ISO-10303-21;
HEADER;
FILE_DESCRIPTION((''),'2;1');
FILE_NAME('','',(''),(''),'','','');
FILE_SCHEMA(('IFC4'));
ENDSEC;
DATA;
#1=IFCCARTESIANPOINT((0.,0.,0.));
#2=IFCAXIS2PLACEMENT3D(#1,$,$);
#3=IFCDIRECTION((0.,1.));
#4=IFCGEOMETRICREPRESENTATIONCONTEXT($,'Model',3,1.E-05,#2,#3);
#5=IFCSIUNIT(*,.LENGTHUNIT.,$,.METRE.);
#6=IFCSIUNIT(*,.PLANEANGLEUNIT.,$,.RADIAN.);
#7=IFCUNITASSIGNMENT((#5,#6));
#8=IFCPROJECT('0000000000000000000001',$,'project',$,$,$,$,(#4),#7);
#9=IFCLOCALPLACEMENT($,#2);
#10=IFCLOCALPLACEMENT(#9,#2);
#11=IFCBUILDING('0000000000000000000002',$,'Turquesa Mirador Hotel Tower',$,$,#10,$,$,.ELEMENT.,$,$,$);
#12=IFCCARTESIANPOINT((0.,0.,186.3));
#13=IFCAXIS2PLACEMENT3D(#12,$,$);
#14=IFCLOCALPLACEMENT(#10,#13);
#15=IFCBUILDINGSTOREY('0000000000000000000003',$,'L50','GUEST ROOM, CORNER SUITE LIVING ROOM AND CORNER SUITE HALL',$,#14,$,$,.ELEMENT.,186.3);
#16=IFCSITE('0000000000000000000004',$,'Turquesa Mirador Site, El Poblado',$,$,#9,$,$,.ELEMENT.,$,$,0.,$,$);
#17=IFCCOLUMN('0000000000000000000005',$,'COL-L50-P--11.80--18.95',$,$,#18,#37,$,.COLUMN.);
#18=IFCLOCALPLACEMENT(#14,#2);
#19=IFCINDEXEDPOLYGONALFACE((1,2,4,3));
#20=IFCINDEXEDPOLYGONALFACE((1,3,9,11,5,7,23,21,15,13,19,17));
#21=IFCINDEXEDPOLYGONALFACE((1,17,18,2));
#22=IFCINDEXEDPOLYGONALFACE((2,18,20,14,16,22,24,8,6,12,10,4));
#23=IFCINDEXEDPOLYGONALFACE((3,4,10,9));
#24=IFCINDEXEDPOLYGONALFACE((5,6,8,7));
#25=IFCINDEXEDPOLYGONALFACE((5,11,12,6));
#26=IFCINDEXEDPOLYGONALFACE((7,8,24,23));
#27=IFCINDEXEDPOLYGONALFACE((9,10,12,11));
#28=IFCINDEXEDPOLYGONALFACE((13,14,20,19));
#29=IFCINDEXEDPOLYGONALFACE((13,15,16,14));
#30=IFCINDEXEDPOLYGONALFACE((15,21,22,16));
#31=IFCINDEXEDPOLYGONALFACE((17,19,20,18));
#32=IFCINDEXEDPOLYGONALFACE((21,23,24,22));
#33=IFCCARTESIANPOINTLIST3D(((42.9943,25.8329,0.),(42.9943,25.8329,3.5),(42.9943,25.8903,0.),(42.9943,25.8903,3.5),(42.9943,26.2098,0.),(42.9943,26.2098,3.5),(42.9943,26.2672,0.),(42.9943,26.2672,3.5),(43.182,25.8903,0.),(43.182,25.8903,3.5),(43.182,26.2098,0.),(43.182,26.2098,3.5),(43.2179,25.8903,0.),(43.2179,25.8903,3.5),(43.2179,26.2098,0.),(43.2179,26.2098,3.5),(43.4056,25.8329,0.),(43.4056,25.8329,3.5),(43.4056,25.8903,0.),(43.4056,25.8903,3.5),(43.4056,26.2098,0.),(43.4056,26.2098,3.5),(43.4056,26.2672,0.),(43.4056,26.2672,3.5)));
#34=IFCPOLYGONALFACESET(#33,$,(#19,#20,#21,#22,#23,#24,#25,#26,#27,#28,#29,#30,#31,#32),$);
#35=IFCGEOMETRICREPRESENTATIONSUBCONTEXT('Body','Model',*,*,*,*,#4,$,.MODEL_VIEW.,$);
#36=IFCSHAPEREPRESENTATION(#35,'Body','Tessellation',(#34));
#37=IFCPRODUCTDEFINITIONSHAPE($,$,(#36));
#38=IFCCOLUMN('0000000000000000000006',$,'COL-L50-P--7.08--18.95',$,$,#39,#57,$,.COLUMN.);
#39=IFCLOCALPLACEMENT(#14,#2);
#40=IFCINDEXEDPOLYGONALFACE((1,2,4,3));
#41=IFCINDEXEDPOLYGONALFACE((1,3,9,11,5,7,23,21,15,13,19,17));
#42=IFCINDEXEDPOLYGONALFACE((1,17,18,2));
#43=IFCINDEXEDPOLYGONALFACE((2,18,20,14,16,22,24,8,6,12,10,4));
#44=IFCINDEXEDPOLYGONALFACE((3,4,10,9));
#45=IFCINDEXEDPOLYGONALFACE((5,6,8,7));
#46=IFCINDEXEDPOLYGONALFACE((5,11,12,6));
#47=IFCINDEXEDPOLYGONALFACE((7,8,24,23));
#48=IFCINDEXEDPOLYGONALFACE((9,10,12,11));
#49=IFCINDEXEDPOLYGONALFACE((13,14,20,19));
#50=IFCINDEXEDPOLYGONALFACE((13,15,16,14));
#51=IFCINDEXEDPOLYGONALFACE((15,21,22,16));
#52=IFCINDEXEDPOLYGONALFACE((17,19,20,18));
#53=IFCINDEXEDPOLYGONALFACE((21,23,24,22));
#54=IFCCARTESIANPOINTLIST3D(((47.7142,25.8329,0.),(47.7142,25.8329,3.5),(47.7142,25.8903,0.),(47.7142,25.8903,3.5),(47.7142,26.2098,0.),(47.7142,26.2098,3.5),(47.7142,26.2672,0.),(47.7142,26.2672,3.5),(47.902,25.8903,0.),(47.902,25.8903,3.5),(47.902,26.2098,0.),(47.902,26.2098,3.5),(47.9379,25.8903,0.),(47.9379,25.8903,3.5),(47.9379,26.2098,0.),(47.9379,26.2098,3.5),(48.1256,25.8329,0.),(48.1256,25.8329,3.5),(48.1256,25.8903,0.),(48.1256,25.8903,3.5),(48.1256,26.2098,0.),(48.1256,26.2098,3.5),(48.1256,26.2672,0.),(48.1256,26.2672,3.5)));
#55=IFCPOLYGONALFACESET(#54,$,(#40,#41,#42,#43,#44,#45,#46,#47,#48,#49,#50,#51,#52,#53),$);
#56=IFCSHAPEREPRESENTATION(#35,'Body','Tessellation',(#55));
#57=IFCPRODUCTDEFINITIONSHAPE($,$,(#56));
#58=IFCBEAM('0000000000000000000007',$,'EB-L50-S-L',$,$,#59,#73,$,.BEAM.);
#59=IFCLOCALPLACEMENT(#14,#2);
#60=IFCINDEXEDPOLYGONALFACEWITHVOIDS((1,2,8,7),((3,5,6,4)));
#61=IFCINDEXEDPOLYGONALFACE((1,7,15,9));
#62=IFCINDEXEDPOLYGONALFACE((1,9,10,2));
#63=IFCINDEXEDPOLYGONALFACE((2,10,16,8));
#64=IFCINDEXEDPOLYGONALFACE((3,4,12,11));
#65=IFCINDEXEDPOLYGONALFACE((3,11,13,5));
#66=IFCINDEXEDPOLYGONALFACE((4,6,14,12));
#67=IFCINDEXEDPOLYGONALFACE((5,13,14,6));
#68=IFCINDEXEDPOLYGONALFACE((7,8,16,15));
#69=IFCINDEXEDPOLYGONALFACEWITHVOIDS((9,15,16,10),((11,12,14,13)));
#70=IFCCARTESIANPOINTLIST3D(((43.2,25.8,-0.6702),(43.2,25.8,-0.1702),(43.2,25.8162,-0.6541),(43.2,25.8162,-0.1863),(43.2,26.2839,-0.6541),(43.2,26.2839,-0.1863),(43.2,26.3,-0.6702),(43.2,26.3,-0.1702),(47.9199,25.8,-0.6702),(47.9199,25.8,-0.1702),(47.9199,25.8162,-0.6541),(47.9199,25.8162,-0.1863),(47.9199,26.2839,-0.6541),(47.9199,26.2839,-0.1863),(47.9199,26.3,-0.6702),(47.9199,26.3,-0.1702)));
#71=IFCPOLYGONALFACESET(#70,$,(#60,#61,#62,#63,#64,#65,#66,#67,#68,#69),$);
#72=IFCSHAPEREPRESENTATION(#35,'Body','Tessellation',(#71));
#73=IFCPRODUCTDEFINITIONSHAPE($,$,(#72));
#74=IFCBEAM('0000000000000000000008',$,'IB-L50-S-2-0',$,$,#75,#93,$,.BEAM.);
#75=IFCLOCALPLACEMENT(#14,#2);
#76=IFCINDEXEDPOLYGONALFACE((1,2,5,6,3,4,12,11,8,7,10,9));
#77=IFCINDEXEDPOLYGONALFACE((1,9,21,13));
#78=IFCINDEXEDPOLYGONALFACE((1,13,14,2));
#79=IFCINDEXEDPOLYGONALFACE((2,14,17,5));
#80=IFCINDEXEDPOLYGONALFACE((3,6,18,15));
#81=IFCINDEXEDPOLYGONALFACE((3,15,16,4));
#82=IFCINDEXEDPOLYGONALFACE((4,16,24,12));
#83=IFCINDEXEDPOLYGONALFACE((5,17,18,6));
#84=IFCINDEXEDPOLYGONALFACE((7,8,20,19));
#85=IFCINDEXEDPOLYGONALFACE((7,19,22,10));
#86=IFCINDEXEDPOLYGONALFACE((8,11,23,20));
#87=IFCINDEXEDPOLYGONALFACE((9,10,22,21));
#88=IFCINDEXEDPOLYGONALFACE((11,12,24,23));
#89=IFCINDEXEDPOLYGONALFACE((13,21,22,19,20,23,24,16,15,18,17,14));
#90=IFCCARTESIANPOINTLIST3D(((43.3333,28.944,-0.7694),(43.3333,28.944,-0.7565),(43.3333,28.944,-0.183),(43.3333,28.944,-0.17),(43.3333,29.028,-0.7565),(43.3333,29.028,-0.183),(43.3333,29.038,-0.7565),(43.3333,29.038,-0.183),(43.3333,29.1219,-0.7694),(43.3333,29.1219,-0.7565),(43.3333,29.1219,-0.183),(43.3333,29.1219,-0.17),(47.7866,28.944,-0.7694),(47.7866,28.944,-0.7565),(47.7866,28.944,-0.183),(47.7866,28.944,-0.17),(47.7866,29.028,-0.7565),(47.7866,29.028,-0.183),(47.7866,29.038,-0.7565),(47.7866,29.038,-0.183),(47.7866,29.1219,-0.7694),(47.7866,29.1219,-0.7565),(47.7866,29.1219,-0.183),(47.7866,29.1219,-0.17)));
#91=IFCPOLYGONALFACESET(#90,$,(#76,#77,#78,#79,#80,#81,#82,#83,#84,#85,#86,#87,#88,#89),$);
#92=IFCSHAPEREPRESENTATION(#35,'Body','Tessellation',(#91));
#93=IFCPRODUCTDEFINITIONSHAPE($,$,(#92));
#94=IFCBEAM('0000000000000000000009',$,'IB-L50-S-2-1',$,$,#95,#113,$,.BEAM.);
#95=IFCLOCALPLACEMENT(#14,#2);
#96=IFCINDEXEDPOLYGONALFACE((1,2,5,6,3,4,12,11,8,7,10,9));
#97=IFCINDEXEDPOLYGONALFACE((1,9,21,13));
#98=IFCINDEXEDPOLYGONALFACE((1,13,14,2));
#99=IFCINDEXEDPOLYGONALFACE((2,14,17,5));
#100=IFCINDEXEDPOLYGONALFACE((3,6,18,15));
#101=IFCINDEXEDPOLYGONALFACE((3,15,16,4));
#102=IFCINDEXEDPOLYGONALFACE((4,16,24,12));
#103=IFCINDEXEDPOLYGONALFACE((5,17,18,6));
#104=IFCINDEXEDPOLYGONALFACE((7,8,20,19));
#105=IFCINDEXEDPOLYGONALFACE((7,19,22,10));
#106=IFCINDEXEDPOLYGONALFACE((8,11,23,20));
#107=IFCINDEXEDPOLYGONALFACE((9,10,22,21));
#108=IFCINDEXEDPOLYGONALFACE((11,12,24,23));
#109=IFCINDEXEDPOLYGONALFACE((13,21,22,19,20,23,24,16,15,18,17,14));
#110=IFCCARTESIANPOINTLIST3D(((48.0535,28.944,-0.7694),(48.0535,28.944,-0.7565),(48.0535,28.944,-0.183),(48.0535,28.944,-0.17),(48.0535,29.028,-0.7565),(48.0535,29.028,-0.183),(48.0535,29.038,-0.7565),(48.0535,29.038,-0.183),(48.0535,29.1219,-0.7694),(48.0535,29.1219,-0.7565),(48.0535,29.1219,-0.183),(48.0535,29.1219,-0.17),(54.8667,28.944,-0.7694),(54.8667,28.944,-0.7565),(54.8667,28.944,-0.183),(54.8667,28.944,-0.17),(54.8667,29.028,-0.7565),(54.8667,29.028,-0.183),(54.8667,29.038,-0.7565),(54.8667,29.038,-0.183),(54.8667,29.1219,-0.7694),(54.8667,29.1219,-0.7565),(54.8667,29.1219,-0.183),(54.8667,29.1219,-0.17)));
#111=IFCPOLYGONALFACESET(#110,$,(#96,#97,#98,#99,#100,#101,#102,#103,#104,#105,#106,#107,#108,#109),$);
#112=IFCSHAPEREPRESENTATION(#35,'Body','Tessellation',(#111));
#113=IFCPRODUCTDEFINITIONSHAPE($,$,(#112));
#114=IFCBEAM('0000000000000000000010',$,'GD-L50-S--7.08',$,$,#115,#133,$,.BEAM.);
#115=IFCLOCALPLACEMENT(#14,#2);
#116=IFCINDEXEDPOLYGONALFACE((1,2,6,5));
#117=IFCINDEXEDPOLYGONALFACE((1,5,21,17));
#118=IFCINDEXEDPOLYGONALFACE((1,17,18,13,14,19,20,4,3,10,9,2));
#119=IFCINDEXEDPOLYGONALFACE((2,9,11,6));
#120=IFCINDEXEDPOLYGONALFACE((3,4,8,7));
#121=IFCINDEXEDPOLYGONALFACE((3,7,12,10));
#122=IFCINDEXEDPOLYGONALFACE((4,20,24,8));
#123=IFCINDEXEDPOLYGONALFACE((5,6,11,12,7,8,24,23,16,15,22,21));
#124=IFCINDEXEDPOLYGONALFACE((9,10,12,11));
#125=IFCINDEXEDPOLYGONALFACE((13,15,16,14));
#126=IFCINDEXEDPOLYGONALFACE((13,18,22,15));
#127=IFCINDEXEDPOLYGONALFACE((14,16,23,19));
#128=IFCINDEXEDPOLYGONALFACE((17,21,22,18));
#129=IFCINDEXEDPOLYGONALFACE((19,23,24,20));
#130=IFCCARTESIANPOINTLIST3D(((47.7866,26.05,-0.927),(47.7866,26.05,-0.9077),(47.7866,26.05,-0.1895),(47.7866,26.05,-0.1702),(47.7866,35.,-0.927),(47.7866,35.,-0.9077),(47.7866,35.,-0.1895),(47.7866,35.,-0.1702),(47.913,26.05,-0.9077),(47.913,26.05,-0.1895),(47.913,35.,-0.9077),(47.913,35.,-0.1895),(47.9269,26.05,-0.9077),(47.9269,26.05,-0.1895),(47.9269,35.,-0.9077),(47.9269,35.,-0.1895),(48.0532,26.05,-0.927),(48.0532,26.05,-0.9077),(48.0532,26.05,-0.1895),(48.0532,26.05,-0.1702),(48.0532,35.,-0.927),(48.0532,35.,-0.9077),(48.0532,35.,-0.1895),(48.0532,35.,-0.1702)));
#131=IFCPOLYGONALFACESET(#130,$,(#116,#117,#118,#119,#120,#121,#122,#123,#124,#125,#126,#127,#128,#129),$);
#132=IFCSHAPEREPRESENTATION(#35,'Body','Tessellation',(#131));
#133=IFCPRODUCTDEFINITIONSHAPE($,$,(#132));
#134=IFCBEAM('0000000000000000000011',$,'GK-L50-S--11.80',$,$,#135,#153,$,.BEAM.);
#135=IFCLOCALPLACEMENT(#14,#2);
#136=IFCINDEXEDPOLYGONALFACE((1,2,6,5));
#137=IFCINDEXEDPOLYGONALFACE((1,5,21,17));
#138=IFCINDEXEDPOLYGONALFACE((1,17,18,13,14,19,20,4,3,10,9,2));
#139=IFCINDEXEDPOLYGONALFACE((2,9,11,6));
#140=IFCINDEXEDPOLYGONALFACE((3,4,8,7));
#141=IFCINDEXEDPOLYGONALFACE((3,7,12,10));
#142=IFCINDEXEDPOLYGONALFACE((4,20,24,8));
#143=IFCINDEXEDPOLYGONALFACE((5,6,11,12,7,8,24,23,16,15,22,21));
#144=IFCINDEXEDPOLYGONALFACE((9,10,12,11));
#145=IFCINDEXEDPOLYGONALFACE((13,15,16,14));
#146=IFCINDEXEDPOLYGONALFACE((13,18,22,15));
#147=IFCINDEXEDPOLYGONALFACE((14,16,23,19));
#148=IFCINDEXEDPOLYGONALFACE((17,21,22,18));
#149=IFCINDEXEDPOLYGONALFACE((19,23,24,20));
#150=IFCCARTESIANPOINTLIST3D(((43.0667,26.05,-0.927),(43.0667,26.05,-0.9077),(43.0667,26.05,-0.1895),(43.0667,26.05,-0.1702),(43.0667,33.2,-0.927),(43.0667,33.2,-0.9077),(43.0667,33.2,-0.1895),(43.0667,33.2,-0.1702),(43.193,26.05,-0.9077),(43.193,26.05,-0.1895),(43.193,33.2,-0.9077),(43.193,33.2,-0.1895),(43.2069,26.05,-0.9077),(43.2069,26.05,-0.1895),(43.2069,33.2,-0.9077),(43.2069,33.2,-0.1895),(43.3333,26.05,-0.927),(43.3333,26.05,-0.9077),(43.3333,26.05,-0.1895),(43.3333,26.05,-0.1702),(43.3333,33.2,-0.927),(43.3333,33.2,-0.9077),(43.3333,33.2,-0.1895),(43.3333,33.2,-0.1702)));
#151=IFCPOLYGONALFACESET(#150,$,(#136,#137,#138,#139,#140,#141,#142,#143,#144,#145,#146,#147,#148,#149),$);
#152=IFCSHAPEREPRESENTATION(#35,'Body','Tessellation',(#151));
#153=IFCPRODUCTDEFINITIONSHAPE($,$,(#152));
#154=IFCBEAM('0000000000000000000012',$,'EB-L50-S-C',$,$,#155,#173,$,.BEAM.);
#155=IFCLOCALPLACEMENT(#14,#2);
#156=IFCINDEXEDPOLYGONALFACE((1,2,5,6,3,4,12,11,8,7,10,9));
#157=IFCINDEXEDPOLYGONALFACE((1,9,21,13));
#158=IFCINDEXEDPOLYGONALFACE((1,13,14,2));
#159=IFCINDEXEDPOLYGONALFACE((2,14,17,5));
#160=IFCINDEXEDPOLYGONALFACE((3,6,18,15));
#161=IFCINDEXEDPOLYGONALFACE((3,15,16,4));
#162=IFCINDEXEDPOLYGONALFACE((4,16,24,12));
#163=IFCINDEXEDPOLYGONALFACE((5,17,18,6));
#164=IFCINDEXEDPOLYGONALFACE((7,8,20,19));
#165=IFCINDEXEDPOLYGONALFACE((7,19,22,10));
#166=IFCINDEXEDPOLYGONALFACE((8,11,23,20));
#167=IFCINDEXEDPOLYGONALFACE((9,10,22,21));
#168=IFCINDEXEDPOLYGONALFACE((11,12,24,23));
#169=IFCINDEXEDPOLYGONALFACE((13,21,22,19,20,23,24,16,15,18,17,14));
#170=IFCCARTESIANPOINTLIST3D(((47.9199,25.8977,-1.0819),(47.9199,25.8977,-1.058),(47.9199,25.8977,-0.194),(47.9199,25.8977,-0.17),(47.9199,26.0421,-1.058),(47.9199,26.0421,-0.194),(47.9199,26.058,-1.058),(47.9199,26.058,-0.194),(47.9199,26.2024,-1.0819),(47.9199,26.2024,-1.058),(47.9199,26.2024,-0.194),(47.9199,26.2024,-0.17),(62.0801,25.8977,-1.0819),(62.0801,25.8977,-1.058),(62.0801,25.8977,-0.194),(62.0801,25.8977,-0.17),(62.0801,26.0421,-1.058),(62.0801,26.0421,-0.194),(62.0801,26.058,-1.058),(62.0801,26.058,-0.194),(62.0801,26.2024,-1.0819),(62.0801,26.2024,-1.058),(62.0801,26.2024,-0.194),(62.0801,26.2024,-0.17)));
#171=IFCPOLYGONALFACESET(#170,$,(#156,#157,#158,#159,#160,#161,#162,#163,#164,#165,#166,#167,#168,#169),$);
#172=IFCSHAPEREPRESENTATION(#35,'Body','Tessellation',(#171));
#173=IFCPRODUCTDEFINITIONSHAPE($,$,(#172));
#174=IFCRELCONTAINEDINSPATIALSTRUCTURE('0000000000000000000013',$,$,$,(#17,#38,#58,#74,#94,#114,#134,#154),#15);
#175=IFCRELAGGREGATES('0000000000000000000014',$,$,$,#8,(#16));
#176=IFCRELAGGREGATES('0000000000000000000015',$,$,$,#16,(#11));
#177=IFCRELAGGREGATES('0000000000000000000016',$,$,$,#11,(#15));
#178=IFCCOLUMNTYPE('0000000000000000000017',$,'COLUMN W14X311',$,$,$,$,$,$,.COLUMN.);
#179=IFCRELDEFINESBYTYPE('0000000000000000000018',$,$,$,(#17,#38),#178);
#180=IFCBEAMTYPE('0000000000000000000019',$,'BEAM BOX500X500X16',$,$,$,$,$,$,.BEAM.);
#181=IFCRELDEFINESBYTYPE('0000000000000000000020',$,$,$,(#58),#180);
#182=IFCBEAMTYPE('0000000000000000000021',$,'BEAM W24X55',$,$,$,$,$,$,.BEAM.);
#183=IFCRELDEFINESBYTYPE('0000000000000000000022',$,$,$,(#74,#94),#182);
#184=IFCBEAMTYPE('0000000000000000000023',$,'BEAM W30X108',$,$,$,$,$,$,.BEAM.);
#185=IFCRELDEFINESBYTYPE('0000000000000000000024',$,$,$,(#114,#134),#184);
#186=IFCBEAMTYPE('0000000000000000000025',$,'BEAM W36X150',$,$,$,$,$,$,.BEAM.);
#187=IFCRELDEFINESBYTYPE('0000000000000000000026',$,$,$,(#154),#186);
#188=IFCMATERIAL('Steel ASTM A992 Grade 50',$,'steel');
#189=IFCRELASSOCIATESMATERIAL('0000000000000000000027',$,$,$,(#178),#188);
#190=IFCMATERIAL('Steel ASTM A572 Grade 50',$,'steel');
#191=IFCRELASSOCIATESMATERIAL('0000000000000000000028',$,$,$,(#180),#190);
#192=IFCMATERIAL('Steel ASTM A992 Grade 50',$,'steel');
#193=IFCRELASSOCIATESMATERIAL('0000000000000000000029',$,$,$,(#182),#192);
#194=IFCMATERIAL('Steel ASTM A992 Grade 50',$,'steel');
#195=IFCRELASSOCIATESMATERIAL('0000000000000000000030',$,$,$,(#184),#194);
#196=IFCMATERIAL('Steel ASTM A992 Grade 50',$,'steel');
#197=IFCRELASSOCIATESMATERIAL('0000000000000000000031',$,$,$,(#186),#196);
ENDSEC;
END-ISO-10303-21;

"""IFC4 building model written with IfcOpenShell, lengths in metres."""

from ifc_helpers import new_model, si_unit, direction, frame, origin, origin_2d, place, context, subcontext, project, spatial, hollow_rectangle, i_section, extrude, material, material_profile, profile_set, type_object, element, save


model = new_model("IFC4")

# Units and contexts
model_context = context("Model", 3, precision=1e-05, world=origin(), true_north=direction((0.0, 1.0)))
body_context = subcontext(model_context, "Body", "Model", "MODEL_VIEW")
ifc_project = project(units=[si_unit("LENGTHUNIT", "METRE"), si_unit("PLANEANGLEUNIT", "RADIAN")], contexts=[model_context])

# Site, building, storey
site_placement = place(None, origin())
site = spatial("IfcSite", under=ifc_project, at=site_placement, Name="Turquesa Mirador Site, El Poblado", CompositionType="ELEMENT", RefElevation=0.0)
building_placement = place(site_placement, origin())
building = spatial("IfcBuilding", under=site, at=building_placement, Name="Turquesa Mirador Hotel Tower", CompositionType="ELEMENT")
storey_placement = place(building_placement, frame((0.0, 0.0, 186.3)))
storey = spatial("IfcBuildingStorey", under=building, at=storey_placement, Name="L50", Description="GUEST ROOM, CORNER SUITE LIVING ROOM AND CORNER SUITE HALL", CompositionType="ELEMENT", Elevation=186.3)

# Columns
ifc_material_1 = material(Name="Steel ASTM A992 Grade 50", Category="steel")
ifc_material_profile_1 = material_profile(ifc_material_1, i_section(OverallWidth=0.4114, OverallDepth=0.4343, WebThickness=0.0359, FlangeThickness=0.0574, at=origin_2d()), Name="W14X311")
ifc_profile_set_1 = profile_set([ifc_material_profile_1], Name="Steel ASTM A992 Grade 50")
column_type = type_object("IfcColumnType", Name="COLUMN W14X311", PredefinedType="COLUMN", material=ifc_profile_set_1)
for number, where, z_axis, x_axis, name in (
    (1, (43.2, 26.05, 0.0), (0.0, 0.0, 1.0), (1.0, 0.0, 0.0), "COL-L50-P--11.80--18.95"),
    (2, (47.9199, 26.05, 0.0), (0.0, 0.0, 1.0), (1.0, 0.0, 0.0), "COL-L50-P--7.08--18.95"),
):
    element("IfcColumn", number, at=place(storey_placement, frame(where, z_axis=z_axis, x_axis=x_axis)), inside=storey, type_object=column_type, Name=name, PredefinedType="COLUMN", context=body_context, shape_type="SweptSolid", body=[
        extrude(i_section(OverallWidth=0.4114, OverallDepth=0.4343, WebThickness=0.0359, FlangeThickness=0.0574, at=origin_2d()), origin(), (0.0, 0.0, 1.0), 3.5),
    ])

# Beams
ifc_material_2 = material(Name="Steel ASTM A572 Grade 50", Category="steel")
ifc_material_profile_2 = material_profile(ifc_material_2, hollow_rectangle(XDim=0.5, YDim=0.5, WallThickness=0.0161, at=origin_2d()), Name="BOX500X500X16")
ifc_profile_set_2 = profile_set([ifc_material_profile_2], Name="Steel ASTM A572 Grade 50")
beam_type_1 = type_object("IfcBeamType", Name="BEAM BOX500X500X16", PredefinedType="BEAM", material=ifc_profile_set_2)
beam_1_placement = place(storey_placement, frame((43.2, 26.05, -0.4202), z_axis=(1.0, 0.0, 0.0), x_axis=(0.0, 1.0, 0.0)))
element("IfcBeam", 3, at=beam_1_placement, inside=storey, type_object=beam_type_1, Name="EB-L50-S-L", PredefinedType="BEAM", context=body_context, shape_type="SweptSolid", body=[
    extrude(hollow_rectangle(XDim=0.5, YDim=0.5, WallThickness=0.0161, at=origin_2d()), origin(), (0.0, 0.0, 1.0), 4.72),
])
ifc_material_3 = material(Name="Steel ASTM A992 Grade 50", Category="steel")
ifc_material_profile_3 = material_profile(ifc_material_3, i_section(OverallWidth=0.178, OverallDepth=0.5994, WebThickness=0.01, FlangeThickness=0.0129, at=origin_2d()), Name="W24X55")
ifc_profile_set_3 = profile_set([ifc_material_profile_3], Name="Steel ASTM A992 Grade 50")
beam_type_2 = type_object("IfcBeamType", Name="BEAM W24X55", PredefinedType="BEAM", material=ifc_profile_set_3)
beam_2_placement = place(storey_placement, frame((43.3333, 29.033, -0.4697), z_axis=(1.0, 0.0, 0.0), x_axis=(0.0, 1.0, 0.0)))
element("IfcBeam", 4, at=beam_2_placement, inside=storey, type_object=beam_type_2, Name="IB-L50-S-2-0", PredefinedType="BEAM", context=body_context, shape_type="SweptSolid", body=[
    extrude(i_section(OverallWidth=0.178, OverallDepth=0.5994, WebThickness=0.01, FlangeThickness=0.0129, at=origin_2d()), origin(), (0.0, 0.0, 1.0), 4.4534),
])
beam_3_placement = place(storey_placement, frame((48.0535, 29.033, -0.4697), z_axis=(1.0, 0.0, 0.0), x_axis=(0.0, 1.0, 0.0)))
element("IfcBeam", 5, at=beam_3_placement, inside=storey, type_object=beam_type_2, Name="IB-L50-S-2-1", PredefinedType="BEAM", context=body_context, shape_type="SweptSolid", body=[
    extrude(i_section(OverallWidth=0.178, OverallDepth=0.5994, WebThickness=0.01, FlangeThickness=0.0129, at=origin_2d()), origin(), (0.0, 0.0, 1.0), 6.8132),
])
ifc_material_4 = material(Name="Steel ASTM A992 Grade 50", Category="steel")
ifc_material_profile_4 = material_profile(ifc_material_4, i_section(OverallWidth=0.2666, OverallDepth=0.7568, WebThickness=0.0139, FlangeThickness=0.0193, at=origin_2d()), Name="W30X108")
ifc_profile_set_4 = profile_set([ifc_material_profile_4], Name="Steel ASTM A992 Grade 50")
beam_type_3 = type_object("IfcBeamType", Name="BEAM W30X108", PredefinedType="BEAM", material=ifc_profile_set_4)
beam_4_placement = place(storey_placement, frame((47.9199, 26.05, -0.5486), z_axis=(0.0, 1.0, 0.0), x_axis=(-1.0, 0.0, 0.0)))
element("IfcBeam", 6, at=beam_4_placement, inside=storey, type_object=beam_type_3, Name="GD-L50-S--7.08", PredefinedType="BEAM", context=body_context, shape_type="SweptSolid", body=[
    extrude(i_section(OverallWidth=0.2666, OverallDepth=0.7568, WebThickness=0.0139, FlangeThickness=0.0193, at=origin_2d()), origin(), (0.0, 0.0, 1.0), 8.95),
])
beam_5_placement = place(storey_placement, frame((43.2, 26.05, -0.5486), z_axis=(0.0, 1.0, 0.0), x_axis=(-1.0, 0.0, 0.0)))
element("IfcBeam", 7, at=beam_5_placement, inside=storey, type_object=beam_type_3, Name="GK-L50-S--11.80", PredefinedType="BEAM", context=body_context, shape_type="SweptSolid", body=[
    extrude(i_section(OverallWidth=0.2666, OverallDepth=0.7568, WebThickness=0.0139, FlangeThickness=0.0193, at=origin_2d()), origin(), (0.0, 0.0, 1.0), 7.1499),
])
ifc_material_5 = material(Name="Steel ASTM A992 Grade 50", Category="steel")
ifc_material_profile_5 = material_profile(ifc_material_5, i_section(OverallWidth=0.3047, OverallDepth=0.9119, WebThickness=0.0159, FlangeThickness=0.0239, at=origin_2d()), Name="W36X150")
ifc_profile_set_5 = profile_set([ifc_material_profile_5], Name="Steel ASTM A992 Grade 50")
beam_type_4 = type_object("IfcBeamType", Name="BEAM W36X150", PredefinedType="BEAM", material=ifc_profile_set_5)
beam_6_placement = place(storey_placement, frame((47.9199, 26.05, -0.626), z_axis=(1.0, 0.0, 0.0), x_axis=(0.0, 1.0, 0.0)))
element("IfcBeam", 8, at=beam_6_placement, inside=storey, type_object=beam_type_4, Name="EB-L50-S-C", PredefinedType="BEAM", context=body_context, shape_type="SweptSolid", body=[
    extrude(i_section(OverallWidth=0.3047, OverallDepth=0.9119, WebThickness=0.0159, FlangeThickness=0.0239, at=origin_2d()), origin(), (0.0, 0.0, 1.0), 14.1602),
])

save(model, "model.ifc")
